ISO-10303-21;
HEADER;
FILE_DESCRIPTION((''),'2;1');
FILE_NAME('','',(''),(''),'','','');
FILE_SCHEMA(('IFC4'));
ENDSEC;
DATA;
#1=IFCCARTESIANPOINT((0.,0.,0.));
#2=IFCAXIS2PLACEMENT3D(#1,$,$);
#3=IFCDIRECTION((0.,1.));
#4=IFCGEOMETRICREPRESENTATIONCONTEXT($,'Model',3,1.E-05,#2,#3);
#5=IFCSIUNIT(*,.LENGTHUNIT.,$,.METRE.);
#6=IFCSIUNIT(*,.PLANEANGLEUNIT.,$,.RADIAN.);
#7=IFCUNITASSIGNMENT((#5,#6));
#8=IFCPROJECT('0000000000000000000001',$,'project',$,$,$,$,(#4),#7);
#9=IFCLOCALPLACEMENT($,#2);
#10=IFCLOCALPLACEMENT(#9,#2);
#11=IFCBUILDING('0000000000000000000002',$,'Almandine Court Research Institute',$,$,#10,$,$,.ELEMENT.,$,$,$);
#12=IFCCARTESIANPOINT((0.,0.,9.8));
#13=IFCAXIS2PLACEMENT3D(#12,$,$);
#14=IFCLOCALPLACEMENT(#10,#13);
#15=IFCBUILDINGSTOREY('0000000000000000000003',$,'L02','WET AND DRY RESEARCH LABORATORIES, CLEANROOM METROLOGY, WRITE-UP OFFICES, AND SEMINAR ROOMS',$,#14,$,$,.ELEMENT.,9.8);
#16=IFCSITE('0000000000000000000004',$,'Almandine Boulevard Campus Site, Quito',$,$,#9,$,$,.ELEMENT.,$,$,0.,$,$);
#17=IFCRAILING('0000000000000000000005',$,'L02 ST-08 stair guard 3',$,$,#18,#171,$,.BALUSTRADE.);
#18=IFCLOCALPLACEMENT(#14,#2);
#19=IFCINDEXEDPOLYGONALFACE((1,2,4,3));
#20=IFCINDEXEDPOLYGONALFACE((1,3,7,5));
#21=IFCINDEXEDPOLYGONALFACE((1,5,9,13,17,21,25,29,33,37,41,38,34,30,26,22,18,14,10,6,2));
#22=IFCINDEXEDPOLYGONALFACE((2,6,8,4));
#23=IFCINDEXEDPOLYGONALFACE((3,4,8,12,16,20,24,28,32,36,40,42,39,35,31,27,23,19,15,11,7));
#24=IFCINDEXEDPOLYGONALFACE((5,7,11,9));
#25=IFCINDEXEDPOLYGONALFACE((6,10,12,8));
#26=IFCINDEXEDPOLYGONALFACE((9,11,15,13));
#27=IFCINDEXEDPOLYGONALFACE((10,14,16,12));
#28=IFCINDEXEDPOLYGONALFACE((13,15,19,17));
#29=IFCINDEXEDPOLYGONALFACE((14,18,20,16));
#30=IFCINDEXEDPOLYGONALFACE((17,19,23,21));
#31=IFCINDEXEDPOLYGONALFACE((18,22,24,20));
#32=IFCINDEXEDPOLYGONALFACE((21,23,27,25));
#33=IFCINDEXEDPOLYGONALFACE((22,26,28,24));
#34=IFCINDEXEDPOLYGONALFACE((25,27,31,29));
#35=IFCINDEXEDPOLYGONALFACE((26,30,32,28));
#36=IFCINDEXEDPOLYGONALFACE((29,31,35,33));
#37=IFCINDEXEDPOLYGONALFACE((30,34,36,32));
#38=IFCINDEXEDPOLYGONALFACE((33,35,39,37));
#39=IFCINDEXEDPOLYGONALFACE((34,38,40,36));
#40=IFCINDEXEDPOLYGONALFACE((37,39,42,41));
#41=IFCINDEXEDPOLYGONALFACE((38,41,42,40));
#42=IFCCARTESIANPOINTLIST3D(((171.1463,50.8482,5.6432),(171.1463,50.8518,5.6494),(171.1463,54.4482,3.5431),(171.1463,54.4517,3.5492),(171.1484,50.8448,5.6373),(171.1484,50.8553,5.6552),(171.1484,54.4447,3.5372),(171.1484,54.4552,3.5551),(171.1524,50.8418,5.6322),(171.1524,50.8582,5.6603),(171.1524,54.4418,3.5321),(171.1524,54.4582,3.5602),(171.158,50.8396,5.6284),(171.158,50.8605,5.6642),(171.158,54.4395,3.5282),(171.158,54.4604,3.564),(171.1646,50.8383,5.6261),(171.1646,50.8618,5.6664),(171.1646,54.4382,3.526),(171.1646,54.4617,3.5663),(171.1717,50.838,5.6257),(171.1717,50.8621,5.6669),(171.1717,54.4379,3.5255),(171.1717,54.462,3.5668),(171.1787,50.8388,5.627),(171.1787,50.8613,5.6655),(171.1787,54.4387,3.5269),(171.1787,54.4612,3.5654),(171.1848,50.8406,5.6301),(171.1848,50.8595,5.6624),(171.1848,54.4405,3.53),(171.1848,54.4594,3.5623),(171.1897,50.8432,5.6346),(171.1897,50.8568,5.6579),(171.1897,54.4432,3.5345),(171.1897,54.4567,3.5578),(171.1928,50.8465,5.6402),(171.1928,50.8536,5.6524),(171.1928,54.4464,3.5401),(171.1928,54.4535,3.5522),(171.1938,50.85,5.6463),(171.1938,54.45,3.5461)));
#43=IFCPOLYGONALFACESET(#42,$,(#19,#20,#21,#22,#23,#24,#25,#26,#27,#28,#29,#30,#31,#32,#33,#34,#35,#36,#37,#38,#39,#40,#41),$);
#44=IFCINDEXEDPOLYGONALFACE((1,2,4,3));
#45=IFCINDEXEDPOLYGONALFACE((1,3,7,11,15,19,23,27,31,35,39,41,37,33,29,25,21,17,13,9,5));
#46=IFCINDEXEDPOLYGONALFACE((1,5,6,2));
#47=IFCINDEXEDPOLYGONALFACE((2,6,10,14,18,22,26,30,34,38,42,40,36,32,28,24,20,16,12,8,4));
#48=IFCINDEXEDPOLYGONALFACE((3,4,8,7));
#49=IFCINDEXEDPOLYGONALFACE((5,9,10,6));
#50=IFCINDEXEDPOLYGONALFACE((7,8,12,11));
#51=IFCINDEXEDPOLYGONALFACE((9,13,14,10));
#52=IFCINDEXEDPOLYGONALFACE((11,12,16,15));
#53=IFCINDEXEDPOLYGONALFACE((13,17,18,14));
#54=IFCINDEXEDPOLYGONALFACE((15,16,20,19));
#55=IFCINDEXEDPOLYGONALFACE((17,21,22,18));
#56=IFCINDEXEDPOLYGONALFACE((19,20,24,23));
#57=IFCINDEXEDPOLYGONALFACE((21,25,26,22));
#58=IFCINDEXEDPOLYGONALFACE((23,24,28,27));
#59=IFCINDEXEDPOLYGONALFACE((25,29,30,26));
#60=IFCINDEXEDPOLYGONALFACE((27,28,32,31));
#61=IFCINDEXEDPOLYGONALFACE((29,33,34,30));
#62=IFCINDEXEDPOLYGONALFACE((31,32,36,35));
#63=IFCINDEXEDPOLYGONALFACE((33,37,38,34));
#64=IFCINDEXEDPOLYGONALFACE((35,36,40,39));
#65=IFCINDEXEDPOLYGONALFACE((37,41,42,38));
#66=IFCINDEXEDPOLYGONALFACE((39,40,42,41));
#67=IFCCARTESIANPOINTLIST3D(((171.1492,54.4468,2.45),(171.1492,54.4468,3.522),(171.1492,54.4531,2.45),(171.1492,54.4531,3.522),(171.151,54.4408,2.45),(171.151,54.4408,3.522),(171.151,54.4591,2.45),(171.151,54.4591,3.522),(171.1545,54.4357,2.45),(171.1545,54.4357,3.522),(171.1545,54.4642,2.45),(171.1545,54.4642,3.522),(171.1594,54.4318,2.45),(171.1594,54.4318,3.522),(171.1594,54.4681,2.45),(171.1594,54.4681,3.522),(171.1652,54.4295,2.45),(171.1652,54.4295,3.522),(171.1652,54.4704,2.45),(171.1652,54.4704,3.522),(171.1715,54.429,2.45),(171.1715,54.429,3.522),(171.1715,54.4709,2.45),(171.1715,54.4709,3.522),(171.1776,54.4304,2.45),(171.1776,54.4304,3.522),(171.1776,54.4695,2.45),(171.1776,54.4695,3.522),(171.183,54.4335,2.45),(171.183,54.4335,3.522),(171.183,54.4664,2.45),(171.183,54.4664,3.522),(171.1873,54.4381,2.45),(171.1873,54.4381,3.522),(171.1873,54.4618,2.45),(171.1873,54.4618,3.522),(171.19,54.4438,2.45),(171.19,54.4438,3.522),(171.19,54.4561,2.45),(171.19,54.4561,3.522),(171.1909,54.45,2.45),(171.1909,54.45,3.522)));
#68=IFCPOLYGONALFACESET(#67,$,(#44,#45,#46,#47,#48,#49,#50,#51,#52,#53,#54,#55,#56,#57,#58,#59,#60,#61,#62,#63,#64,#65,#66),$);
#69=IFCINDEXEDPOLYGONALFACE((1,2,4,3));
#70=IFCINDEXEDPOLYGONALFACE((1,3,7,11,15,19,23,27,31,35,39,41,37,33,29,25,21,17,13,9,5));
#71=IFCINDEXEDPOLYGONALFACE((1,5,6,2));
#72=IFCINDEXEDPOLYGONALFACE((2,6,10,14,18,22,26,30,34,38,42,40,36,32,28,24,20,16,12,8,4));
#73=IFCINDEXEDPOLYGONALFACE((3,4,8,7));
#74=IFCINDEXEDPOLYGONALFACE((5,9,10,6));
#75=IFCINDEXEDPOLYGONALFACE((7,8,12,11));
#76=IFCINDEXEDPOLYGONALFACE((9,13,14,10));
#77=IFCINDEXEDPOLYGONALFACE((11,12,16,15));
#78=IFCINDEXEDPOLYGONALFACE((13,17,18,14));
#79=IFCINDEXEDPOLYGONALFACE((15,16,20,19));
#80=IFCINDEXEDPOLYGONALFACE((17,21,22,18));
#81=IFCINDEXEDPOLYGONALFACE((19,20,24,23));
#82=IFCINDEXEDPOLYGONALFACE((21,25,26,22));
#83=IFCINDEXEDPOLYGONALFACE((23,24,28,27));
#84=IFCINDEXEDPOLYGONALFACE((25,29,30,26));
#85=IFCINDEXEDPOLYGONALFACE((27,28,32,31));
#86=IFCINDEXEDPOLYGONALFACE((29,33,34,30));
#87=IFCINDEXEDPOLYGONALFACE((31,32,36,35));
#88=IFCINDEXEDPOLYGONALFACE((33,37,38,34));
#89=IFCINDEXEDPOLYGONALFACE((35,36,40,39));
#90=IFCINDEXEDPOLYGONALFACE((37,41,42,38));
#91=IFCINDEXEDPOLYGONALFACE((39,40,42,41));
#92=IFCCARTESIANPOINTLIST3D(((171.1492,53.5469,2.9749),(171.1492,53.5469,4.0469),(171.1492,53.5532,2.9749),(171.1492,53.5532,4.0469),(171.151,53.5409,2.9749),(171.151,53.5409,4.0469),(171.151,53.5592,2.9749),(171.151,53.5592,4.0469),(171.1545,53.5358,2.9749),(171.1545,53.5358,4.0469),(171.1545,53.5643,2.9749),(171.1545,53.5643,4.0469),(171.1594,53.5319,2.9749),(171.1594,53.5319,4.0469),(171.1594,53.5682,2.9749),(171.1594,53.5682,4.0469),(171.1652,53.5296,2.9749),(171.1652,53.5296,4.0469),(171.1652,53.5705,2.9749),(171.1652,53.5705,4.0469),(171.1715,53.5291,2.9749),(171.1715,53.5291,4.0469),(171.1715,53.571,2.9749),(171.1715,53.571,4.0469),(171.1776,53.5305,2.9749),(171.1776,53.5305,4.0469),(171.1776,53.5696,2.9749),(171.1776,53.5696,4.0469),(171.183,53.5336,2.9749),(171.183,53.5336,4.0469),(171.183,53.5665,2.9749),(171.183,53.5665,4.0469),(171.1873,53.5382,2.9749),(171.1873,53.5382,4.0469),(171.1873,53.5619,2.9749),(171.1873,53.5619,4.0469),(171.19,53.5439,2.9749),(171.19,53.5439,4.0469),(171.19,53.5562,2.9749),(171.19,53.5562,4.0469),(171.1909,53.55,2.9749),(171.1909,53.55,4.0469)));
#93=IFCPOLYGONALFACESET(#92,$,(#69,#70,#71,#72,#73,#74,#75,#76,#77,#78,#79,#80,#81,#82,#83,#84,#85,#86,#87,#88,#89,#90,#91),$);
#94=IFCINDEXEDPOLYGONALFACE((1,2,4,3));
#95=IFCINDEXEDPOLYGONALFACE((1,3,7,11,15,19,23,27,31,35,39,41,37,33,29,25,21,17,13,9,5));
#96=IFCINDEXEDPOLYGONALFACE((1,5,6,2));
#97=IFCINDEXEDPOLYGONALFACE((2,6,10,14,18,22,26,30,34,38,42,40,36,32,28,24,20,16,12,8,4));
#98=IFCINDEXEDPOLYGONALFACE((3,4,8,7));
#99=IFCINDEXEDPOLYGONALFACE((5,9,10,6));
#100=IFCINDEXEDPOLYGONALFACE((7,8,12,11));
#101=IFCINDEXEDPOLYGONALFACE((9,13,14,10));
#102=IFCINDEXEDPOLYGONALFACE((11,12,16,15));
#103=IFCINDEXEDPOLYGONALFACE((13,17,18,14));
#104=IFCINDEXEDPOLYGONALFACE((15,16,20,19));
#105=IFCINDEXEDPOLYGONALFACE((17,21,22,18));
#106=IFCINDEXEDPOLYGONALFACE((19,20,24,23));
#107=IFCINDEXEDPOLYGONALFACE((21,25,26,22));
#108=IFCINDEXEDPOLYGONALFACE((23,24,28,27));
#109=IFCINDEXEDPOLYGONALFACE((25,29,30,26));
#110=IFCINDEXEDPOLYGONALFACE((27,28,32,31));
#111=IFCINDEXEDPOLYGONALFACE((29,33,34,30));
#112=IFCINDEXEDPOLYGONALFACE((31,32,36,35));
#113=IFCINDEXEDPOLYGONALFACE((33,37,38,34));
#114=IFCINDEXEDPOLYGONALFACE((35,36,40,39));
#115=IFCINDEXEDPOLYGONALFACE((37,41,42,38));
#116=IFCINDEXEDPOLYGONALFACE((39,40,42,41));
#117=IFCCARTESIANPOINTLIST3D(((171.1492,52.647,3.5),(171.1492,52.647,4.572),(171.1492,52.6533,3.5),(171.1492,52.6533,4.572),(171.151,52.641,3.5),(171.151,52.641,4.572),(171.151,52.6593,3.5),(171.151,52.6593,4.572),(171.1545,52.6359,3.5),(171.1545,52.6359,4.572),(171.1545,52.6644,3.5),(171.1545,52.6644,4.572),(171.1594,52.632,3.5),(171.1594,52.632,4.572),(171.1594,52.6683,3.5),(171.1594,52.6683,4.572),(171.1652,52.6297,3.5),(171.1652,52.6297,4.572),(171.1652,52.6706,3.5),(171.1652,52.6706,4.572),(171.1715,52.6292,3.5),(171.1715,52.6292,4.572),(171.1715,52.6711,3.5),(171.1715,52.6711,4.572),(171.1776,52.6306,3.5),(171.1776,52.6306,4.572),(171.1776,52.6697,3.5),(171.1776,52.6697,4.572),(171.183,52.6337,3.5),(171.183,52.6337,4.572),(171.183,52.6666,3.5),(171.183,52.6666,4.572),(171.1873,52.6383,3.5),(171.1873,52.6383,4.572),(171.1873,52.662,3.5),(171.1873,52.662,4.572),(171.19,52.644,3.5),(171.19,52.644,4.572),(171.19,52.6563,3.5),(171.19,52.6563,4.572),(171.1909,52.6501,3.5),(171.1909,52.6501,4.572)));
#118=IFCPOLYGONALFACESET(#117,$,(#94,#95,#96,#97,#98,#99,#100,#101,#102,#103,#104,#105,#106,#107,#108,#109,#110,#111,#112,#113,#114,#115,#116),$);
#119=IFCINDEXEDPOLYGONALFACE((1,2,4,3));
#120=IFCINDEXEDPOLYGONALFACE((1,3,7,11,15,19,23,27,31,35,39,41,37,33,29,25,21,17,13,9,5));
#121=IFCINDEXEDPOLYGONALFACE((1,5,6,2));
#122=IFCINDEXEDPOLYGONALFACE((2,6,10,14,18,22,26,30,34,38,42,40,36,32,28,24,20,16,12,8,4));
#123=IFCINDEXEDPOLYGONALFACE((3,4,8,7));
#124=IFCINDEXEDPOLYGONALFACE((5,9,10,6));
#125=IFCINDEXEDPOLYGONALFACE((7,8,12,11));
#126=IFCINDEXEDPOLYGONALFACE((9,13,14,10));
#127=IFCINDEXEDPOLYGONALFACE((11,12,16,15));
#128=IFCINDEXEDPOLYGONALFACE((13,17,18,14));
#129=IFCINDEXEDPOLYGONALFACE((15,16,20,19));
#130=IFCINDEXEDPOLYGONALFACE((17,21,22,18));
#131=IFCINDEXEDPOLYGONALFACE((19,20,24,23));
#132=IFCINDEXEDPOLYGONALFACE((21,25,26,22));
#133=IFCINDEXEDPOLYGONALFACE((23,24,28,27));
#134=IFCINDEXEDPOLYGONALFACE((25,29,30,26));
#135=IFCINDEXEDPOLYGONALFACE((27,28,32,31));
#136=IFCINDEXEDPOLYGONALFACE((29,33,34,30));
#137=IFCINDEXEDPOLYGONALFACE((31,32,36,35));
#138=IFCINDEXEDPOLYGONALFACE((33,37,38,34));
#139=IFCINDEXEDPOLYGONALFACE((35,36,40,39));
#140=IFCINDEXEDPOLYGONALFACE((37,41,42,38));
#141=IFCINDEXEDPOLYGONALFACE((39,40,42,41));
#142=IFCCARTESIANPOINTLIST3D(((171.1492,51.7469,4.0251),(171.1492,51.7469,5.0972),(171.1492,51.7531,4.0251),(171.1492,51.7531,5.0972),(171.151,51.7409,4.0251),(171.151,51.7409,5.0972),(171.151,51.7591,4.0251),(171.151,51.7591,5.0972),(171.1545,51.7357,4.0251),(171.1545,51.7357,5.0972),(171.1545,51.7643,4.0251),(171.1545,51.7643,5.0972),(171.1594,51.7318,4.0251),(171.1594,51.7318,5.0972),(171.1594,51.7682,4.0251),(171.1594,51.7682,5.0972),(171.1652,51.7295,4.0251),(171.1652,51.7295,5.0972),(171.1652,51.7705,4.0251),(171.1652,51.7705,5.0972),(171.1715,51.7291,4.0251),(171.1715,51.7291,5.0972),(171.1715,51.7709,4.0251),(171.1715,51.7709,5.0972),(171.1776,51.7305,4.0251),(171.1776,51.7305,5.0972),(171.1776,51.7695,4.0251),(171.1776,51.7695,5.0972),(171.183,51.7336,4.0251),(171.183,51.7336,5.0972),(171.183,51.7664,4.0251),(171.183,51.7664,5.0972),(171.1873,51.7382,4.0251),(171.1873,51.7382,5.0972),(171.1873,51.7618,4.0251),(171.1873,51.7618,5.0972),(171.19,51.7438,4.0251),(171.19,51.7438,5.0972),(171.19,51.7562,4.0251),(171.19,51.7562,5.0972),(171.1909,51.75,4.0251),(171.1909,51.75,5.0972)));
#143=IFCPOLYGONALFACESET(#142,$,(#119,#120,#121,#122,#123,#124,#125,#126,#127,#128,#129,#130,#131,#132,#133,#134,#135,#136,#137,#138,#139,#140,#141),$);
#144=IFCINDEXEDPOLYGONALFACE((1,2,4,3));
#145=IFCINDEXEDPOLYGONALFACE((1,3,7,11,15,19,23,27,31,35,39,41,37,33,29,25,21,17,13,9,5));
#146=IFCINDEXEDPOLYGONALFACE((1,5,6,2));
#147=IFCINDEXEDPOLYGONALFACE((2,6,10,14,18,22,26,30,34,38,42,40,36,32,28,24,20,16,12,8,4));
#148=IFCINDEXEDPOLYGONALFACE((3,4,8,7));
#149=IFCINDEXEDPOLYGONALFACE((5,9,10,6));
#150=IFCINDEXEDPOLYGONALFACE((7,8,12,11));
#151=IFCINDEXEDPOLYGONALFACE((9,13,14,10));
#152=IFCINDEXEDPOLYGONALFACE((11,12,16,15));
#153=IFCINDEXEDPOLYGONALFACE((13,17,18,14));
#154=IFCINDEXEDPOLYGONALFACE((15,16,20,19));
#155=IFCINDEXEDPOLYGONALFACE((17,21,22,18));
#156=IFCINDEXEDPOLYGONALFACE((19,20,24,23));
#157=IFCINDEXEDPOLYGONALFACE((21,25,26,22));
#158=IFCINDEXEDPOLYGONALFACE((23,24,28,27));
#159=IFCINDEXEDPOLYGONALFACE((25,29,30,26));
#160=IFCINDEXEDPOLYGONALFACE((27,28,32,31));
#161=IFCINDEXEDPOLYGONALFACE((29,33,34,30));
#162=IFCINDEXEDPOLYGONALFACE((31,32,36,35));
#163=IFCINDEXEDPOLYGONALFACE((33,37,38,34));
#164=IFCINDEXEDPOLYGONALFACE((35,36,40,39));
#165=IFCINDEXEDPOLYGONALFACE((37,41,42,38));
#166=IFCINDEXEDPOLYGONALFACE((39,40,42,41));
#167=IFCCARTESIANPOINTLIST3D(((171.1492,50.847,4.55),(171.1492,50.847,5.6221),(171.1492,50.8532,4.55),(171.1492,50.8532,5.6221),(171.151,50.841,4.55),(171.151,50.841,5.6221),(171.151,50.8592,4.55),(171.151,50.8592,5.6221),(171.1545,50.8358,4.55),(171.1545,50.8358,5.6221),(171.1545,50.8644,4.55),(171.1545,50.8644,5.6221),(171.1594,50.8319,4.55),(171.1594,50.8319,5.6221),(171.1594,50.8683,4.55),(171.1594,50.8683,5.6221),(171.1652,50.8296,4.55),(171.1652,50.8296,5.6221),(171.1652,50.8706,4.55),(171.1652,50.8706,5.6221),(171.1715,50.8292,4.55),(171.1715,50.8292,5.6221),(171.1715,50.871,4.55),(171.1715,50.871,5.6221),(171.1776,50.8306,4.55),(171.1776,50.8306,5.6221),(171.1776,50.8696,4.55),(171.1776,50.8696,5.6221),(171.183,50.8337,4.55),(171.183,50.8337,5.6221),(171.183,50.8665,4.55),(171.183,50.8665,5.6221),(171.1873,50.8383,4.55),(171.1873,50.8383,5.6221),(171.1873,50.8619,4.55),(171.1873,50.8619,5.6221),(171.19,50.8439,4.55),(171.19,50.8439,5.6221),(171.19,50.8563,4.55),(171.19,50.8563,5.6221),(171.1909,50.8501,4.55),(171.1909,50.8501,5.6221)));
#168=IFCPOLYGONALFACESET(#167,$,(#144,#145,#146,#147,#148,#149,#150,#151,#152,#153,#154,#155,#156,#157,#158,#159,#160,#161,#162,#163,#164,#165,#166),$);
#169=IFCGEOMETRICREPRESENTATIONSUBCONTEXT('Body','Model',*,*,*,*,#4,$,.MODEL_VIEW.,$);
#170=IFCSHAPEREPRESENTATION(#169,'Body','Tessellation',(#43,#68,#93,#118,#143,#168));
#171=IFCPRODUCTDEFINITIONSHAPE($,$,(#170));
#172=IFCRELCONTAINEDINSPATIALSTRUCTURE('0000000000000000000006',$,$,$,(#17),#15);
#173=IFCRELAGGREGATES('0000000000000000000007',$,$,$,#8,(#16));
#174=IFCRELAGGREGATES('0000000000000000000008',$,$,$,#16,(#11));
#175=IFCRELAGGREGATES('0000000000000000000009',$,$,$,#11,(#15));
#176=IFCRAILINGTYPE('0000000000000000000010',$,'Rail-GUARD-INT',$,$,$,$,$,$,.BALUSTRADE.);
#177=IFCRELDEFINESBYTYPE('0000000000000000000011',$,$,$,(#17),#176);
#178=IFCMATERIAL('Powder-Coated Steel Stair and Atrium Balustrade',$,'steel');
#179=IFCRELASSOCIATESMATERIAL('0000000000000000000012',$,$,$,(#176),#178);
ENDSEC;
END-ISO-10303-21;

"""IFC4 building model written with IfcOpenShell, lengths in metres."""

from ifc_helpers import new_model, si_unit, direction, frame, origin, origin_2d, place, context, subcontext, project, spatial, circle, extrude, material, type_object, element, save


model = new_model("IFC4")

# Units and contexts
model_context = context("Model", 3, precision=1e-05, world=origin(), true_north=direction((0.0, 1.0)))
body_context = subcontext(model_context, "Body", "Model", "MODEL_VIEW")
ifc_project = project(units=[si_unit("LENGTHUNIT", "METRE"), si_unit("PLANEANGLEUNIT", "RADIAN")], contexts=[model_context])

# Site, building, storey
site_placement = place(None, origin())
site = spatial("IfcSite", under=ifc_project, at=site_placement, Name="Almandine Boulevard Campus Site, Quito", CompositionType="ELEMENT", RefElevation=0.0)
building_placement = place(site_placement, origin())
building = spatial("IfcBuilding", under=site, at=building_placement, Name="Almandine Court Research Institute", CompositionType="ELEMENT")
storey_placement = place(building_placement, frame((0.0, 0.0, 9.8)))
storey = spatial("IfcBuildingStorey", under=building, at=storey_placement, Name="L02", Description="WET AND DRY RESEARCH LABORATORIES, CLEANROOM METROLOGY, WRITE-UP OFFICES, AND SEMINAR ROOMS", CompositionType="ELEMENT", Elevation=9.8)

# Railing
ifc_material_1 = material(Name="Powder-Coated Steel Stair and Atrium Balustrade", Category="steel")
railing_type_1 = type_object("IfcRailingType", Name="Rail-GUARD-INT", PredefinedType="BALUSTRADE", material=ifc_material_1)
railing_1_placement = place(storey_placement, frame((171.1699, 54.45, 2.45)))
element("IfcRailing", 1, at=railing_1_placement, inside=storey, type_object=railing_type_1, Name="L02 ST-08 stair guard 3", PredefinedType="BALUSTRADE", context=body_context, shape_type="SweptSolid", body=[
    extrude(circle(Radius=0.0239, at=origin_2d()), frame((0.0, 0.0, 1.0962), z_axis=(0.0, -0.86376, 0.503904), x_axis=(1.0, 0.0, 0.0)), (0.0, 0.0, 1.0), 4.1677),
    extrude(circle(Radius=0.021, at=origin_2d()), origin(), (0.0, 0.0, 1.0), 1.072),
    extrude(circle(Radius=0.021, at=origin_2d()), frame((0.0, -0.8999, 0.5249)), (0.0, 0.0, 1.0), 1.072),
    extrude(circle(Radius=0.021, at=origin_2d()), frame((0.0, -1.7998, 1.05)), (0.0, 0.0, 1.0), 1.072),
    extrude(circle(Radius=0.021, at=origin_2d()), frame((0.0, -2.7, 1.5752)), (0.0, 0.0, 1.0), 1.072),
    extrude(circle(Radius=0.021, at=origin_2d()), frame((0.0, -3.5999, 2.1001)), (0.0, 0.0, 1.0), 1.072),
])

save(model, "model.ifc")
